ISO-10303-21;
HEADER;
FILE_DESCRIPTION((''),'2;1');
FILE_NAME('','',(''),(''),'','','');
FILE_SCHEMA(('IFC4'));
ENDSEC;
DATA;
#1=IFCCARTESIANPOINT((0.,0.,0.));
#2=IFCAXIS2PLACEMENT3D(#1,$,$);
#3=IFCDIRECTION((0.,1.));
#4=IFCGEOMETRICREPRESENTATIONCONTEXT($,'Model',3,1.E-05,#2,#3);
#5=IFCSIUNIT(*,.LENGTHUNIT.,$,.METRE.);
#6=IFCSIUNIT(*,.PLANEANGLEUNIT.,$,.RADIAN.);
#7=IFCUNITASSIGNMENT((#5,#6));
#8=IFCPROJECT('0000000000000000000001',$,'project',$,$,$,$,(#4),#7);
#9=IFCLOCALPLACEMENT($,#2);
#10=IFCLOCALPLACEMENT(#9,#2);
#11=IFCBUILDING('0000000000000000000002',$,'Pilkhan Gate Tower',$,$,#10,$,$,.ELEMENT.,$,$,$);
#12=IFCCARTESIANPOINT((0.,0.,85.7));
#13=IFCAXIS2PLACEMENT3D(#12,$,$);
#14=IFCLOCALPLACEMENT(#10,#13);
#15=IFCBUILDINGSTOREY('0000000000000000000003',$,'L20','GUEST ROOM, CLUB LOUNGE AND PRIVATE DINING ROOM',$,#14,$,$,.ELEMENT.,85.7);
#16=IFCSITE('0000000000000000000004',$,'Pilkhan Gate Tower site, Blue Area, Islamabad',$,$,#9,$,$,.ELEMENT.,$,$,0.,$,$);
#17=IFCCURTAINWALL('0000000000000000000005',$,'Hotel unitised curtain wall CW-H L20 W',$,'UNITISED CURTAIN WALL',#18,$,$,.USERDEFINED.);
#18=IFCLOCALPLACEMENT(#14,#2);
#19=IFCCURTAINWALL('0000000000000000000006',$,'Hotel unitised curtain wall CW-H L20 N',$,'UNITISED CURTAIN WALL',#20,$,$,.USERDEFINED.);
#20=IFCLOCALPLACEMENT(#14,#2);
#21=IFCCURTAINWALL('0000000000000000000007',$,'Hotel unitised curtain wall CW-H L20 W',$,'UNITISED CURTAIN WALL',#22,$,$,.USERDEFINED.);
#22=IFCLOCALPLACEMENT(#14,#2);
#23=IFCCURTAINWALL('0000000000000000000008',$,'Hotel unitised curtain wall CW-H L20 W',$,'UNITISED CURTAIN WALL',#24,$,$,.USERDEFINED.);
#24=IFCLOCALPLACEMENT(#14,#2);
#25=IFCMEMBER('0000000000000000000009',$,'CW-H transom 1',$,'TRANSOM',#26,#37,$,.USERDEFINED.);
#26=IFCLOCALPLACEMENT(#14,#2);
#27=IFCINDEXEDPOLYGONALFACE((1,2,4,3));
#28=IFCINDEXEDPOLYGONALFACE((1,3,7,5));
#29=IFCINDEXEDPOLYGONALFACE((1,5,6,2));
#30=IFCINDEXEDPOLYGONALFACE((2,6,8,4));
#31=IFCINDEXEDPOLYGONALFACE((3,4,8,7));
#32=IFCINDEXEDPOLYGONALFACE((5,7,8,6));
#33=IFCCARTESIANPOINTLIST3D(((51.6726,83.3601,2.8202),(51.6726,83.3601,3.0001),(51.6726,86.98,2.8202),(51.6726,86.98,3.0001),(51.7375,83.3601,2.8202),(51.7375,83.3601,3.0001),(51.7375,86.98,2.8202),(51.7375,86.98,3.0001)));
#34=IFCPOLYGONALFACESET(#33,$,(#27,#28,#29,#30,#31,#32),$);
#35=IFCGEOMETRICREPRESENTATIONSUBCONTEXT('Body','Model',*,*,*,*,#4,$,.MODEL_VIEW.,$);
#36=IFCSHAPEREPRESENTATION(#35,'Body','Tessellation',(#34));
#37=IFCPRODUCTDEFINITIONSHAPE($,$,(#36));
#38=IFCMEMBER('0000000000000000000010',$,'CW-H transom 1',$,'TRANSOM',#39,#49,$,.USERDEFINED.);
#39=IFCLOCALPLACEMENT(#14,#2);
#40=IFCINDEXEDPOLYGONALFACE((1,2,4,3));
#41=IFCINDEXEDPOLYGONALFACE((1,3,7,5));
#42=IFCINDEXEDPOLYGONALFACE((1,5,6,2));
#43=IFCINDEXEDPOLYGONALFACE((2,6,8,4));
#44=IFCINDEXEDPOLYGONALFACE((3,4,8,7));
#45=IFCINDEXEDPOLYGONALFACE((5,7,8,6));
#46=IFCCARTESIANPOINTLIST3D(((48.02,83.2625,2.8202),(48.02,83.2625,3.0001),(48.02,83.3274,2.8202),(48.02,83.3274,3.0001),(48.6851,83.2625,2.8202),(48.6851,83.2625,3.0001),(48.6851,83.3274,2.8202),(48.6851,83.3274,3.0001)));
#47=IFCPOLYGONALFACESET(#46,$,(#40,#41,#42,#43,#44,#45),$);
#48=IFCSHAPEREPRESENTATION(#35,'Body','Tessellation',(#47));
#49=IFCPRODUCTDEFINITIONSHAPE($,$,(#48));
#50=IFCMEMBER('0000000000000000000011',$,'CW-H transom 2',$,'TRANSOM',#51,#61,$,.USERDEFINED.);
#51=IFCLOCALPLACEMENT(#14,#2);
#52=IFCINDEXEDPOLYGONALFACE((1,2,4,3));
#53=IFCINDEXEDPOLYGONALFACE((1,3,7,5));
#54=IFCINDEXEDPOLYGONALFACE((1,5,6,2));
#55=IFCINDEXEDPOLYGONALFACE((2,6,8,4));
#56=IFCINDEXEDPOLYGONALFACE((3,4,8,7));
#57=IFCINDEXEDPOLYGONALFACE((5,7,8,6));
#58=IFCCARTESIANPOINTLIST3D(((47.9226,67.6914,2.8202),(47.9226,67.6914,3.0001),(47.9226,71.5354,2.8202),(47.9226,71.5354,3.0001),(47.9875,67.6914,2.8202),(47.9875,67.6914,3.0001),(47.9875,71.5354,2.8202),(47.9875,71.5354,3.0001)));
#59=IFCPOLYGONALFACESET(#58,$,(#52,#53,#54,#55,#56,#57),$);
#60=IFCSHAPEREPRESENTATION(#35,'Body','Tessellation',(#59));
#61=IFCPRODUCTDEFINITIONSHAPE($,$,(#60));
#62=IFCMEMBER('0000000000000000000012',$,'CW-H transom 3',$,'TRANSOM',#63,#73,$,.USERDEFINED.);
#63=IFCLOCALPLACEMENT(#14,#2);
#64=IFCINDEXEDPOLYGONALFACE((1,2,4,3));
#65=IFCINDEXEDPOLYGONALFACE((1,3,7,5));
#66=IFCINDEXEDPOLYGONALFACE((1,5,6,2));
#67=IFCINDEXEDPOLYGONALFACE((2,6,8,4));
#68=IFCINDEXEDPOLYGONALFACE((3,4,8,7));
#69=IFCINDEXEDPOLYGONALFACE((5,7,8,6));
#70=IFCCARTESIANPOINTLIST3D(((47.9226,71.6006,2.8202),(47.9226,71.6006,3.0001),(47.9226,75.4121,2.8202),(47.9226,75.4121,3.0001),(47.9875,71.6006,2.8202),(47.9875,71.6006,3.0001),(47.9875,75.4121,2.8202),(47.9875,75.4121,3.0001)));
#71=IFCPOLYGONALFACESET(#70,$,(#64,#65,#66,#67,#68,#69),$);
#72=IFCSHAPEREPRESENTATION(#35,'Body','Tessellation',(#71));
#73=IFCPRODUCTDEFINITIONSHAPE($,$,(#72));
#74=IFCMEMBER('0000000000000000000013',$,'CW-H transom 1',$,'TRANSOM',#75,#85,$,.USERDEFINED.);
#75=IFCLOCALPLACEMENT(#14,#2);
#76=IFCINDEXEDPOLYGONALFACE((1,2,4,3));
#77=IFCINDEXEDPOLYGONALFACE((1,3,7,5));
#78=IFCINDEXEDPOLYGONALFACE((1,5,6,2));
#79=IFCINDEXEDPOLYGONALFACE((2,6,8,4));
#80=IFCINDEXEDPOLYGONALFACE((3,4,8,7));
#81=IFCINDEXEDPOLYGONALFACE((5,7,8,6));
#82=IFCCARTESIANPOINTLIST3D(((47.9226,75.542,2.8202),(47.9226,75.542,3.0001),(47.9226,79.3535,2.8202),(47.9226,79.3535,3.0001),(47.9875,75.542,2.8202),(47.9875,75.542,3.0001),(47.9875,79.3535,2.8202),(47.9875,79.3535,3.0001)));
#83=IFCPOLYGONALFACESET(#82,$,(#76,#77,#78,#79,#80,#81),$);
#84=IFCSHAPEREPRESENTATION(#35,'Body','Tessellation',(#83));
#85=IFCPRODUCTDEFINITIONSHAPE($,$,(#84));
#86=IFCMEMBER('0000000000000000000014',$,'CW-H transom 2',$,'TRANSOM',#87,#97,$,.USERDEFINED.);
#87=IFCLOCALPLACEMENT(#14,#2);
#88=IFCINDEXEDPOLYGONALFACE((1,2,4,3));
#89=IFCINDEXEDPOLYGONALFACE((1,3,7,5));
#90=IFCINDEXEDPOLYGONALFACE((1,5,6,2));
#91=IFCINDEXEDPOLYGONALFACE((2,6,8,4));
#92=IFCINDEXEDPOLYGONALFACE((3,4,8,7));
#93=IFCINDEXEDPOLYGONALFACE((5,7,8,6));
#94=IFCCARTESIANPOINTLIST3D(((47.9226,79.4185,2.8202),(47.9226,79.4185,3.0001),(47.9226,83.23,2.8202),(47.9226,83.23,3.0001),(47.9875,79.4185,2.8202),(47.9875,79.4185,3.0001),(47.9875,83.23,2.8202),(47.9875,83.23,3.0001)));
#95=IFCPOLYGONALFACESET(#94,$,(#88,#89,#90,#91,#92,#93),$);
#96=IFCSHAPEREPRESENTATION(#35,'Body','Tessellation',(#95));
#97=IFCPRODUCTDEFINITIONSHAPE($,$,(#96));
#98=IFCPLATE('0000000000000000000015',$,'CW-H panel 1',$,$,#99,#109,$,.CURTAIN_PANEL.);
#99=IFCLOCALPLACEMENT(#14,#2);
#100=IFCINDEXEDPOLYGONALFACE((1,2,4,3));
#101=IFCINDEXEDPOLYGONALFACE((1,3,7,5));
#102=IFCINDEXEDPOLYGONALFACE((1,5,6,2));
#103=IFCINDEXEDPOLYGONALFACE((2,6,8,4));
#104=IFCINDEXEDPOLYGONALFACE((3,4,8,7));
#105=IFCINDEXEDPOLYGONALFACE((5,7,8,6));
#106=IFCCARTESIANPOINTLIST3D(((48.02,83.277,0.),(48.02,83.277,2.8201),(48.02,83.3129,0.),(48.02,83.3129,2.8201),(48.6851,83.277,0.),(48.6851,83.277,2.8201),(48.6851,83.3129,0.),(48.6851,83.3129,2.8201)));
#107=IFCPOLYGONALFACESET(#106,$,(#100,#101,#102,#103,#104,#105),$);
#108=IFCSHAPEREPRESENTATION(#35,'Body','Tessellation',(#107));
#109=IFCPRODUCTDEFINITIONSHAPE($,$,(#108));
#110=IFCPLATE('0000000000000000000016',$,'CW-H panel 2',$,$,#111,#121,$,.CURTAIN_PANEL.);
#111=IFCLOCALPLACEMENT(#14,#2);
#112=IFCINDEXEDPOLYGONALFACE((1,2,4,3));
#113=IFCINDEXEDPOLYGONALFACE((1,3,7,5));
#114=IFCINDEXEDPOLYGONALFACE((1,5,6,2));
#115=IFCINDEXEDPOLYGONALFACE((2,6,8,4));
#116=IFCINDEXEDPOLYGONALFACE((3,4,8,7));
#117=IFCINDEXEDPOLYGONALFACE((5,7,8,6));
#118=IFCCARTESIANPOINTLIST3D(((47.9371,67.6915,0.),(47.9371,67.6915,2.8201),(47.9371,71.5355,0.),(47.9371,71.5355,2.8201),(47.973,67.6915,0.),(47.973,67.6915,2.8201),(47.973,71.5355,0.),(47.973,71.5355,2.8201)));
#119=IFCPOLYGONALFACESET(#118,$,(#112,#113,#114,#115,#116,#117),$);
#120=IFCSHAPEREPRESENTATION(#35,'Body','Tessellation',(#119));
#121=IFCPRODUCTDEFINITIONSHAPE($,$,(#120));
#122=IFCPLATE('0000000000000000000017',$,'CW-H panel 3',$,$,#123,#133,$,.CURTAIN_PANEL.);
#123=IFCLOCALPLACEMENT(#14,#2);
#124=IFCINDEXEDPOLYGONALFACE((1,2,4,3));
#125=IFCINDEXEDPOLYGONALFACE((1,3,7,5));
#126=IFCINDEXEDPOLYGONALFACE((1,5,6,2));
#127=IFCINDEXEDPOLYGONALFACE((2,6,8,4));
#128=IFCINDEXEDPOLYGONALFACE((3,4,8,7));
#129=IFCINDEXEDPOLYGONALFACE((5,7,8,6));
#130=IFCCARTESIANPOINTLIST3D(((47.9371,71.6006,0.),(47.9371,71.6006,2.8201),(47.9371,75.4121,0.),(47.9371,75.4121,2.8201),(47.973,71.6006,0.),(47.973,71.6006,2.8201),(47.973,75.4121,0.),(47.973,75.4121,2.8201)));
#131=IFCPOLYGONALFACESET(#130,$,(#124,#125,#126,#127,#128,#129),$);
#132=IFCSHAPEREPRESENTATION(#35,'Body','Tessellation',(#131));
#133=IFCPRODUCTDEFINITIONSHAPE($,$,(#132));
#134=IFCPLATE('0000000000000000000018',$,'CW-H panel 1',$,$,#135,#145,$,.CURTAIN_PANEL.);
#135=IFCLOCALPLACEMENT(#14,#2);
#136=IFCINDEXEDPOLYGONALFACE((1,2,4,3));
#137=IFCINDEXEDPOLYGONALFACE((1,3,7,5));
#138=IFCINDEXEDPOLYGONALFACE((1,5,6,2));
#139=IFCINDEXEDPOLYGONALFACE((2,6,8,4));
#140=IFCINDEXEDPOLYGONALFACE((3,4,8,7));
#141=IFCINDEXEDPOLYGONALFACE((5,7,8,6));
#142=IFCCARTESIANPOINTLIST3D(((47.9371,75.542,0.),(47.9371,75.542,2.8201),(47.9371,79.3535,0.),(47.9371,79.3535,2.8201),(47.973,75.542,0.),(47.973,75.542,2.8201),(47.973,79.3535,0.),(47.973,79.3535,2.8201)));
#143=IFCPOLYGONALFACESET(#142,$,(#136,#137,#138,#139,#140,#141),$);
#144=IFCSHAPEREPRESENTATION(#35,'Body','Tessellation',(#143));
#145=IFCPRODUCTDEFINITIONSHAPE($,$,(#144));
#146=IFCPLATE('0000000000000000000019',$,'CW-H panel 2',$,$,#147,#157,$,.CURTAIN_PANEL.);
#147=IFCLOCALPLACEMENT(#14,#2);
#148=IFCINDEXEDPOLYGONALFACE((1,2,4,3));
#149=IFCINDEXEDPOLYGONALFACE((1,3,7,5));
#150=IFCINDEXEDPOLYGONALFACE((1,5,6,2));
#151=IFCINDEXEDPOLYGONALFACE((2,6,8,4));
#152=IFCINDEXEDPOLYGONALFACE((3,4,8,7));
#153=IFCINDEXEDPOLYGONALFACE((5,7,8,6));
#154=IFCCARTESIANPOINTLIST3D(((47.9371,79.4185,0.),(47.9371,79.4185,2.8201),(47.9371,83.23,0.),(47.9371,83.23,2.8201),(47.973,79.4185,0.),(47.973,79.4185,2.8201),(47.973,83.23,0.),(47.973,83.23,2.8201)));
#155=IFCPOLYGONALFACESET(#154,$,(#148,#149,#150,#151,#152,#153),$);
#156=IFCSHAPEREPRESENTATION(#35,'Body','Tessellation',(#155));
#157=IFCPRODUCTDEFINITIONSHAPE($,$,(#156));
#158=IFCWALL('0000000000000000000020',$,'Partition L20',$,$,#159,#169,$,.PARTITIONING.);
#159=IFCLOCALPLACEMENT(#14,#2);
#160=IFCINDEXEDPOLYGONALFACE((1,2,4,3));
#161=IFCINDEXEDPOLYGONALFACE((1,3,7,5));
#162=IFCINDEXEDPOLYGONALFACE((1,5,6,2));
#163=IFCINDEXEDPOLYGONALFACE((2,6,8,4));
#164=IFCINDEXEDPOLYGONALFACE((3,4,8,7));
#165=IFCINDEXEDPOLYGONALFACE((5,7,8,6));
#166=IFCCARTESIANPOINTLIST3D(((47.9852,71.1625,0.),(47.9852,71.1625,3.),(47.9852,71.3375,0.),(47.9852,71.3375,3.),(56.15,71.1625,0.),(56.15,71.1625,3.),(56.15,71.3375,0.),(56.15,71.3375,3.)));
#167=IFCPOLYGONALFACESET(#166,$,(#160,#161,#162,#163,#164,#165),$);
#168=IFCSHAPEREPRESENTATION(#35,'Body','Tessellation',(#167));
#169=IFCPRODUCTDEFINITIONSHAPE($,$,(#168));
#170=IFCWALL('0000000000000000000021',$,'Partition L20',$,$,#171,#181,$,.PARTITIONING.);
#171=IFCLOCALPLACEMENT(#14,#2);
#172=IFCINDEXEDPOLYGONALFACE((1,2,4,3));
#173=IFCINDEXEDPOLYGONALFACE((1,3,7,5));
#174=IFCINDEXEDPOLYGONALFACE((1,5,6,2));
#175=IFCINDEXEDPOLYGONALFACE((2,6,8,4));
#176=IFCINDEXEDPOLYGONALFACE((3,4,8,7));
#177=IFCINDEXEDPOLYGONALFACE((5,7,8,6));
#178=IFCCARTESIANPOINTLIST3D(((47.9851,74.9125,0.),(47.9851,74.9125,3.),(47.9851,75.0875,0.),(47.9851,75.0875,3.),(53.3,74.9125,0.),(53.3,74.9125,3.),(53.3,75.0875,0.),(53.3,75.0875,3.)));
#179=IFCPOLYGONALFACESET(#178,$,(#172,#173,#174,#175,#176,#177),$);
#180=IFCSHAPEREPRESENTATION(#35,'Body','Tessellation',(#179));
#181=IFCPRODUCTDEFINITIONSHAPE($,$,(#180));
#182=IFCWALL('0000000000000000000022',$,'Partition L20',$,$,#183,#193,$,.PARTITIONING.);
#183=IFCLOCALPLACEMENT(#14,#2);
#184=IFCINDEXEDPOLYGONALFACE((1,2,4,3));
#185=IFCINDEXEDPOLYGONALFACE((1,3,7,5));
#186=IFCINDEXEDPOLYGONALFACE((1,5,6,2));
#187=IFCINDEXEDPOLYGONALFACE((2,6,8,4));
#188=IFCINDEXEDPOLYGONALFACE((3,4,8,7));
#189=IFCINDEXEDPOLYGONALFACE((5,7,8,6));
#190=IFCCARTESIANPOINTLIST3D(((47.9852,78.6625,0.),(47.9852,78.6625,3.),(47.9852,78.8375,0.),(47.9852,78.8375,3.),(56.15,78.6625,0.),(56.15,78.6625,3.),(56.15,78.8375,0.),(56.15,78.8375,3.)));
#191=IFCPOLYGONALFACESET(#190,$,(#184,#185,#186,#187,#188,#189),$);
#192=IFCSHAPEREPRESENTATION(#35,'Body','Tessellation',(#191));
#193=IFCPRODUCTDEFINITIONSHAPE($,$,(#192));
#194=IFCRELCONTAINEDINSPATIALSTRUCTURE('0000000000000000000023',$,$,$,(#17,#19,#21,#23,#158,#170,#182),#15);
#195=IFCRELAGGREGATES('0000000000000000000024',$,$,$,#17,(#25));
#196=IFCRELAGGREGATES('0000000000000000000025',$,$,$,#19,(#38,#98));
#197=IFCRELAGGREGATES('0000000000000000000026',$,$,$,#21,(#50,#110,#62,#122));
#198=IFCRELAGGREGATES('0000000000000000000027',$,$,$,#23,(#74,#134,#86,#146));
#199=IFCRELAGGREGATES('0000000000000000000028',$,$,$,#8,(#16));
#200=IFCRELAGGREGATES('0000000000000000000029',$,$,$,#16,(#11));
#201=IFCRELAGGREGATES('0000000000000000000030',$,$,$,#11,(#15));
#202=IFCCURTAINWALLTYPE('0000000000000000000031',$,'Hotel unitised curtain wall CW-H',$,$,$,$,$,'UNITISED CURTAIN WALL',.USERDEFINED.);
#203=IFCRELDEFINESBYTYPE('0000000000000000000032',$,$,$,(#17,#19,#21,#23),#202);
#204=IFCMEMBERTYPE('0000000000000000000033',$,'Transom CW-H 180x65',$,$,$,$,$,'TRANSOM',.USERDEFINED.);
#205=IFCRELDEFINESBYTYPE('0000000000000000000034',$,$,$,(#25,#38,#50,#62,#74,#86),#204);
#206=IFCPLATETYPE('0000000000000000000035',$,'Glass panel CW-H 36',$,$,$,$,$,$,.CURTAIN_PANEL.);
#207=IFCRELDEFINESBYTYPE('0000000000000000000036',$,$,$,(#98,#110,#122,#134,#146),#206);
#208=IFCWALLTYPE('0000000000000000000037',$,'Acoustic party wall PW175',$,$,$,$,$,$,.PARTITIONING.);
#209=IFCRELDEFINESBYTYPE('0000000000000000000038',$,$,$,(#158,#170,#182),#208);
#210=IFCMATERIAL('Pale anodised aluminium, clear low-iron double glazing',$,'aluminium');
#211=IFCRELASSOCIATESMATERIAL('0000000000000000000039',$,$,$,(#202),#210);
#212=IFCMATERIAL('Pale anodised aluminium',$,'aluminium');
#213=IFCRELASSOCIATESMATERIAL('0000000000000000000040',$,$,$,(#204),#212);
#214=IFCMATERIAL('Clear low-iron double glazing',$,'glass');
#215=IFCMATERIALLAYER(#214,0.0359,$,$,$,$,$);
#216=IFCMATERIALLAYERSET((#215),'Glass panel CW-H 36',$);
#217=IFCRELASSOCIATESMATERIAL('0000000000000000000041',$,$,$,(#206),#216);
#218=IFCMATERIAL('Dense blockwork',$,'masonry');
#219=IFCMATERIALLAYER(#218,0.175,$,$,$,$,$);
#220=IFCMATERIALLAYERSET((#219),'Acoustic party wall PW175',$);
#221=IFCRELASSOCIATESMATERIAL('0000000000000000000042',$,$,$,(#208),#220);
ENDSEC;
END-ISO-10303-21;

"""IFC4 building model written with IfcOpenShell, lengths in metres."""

from ifc_helpers import new_model, si_unit, direction, frame, frame_2d, origin, origin_2d, place, context, subcontext, project, spatial, rectangle, extrude, material, layer, layer_set, material_profile, profile_set, type_object, element, aggregate, save


model = new_model("IFC4")

# Units and contexts
model_context = context("Model", 3, precision=1e-05, world=origin(), true_north=direction((0.0, 1.0)))
body_context = subcontext(model_context, "Body", "Model", "MODEL_VIEW")
ifc_project = project(units=[si_unit("LENGTHUNIT", "METRE"), si_unit("PLANEANGLEUNIT", "RADIAN")], contexts=[model_context])

# Site, building, storey
site_placement = place(None, origin())
site = spatial("IfcSite", under=ifc_project, at=site_placement, Name="Pilkhan Gate Tower site, Blue Area, Islamabad", CompositionType="ELEMENT", RefElevation=0.0)
building_placement = place(site_placement, origin())
building = spatial("IfcBuilding", under=site, at=building_placement, Name="Pilkhan Gate Tower", CompositionType="ELEMENT")
storey_placement = place(building_placement, frame((0.0, 0.0, 85.7)))
storey = spatial("IfcBuildingStorey", under=building, at=storey_placement, Name="L20", Description="GUEST ROOM, CLUB LOUNGE AND PRIVATE DINING ROOM", CompositionType="ELEMENT", Elevation=85.7)

# Curtain wall
ifc_material_1 = material(Name="Pale anodised aluminium, clear low-iron double glazing", Category="aluminium")
curtain_wall_type = type_object("IfcCurtainWallType", Name="Hotel unitised curtain wall CW-H", ElementType="UNITISED CURTAIN WALL", PredefinedType="USERDEFINED", material=ifc_material_1)
curtain_wall_1_placement = place(storey_placement, origin())
curtain_wall_1 = element("IfcCurtainWall", 1, at=curtain_wall_1_placement, inside=storey, type_object=curtain_wall_type, Name="Hotel unitised curtain wall CW-H L20 W", ObjectType="UNITISED CURTAIN WALL", PredefinedType="USERDEFINED")
ifc_material_2 = material(Name="Pale anodised aluminium", Category="aluminium")

# Curtain walls
curtain_wall_2_placement = place(storey_placement, origin())
curtain_wall_2 = element("IfcCurtainWall", 2, at=curtain_wall_2_placement, inside=storey, type_object=curtain_wall_type, Name="Hotel unitised curtain wall CW-H L20 N", ObjectType="UNITISED CURTAIN WALL", PredefinedType="USERDEFINED")
curtain_wall_3_placement = place(storey_placement, origin())
curtain_wall_3 = element("IfcCurtainWall", 3, at=curtain_wall_3_placement, inside=storey, type_object=curtain_wall_type, Name="Hotel unitised curtain wall CW-H L20 W", ObjectType="UNITISED CURTAIN WALL", PredefinedType="USERDEFINED")
curtain_wall_4_placement = place(storey_placement, origin())
curtain_wall_4 = element("IfcCurtainWall", 4, at=curtain_wall_4_placement, inside=storey, type_object=curtain_wall_type, Name="Hotel unitised curtain wall CW-H L20 W", ObjectType="UNITISED CURTAIN WALL", PredefinedType="USERDEFINED")

# Members
ifc_material_profile_1 = material_profile(ifc_material_2, rectangle(XDim=0.0649, YDim=0.1799, at=origin_2d()), Name="Transom 180x65")
ifc_profile_set_1 = profile_set([ifc_material_profile_1], Name="Pale anodised aluminium")
member_type_1 = type_object("IfcMemberType", Name="Transom CW-H 180x65", ElementType="TRANSOM", PredefinedType="USERDEFINED", material=ifc_profile_set_1)
member_1_placement = place(storey_placement, frame((51.7051, 83.3601, 2.9102), z_axis=(0.0, 1.0, 0.0), x_axis=(-1.0, 0.0, 0.0)))
member_1 = element("IfcMember", 5, at=member_1_placement, type_object=member_type_1, Name="CW-H transom 1", ObjectType="TRANSOM", PredefinedType="USERDEFINED", context=body_context, shape_type="SweptSolid", body=[
    extrude(rectangle(XDim=0.0649, YDim=0.1799, at=origin_2d()), origin(), (0.0, 0.0, 1.0), 3.6199),
])
aggregate(curtain_wall_1, [member_1])
member_2_placement = place(storey_placement, frame((48.02, 83.2949, 2.9102), z_axis=(1.0, 0.0, 0.0), x_axis=(0.0, 1.0, 0.0)))
member_2 = element("IfcMember", 6, at=member_2_placement, type_object=member_type_1, Name="CW-H transom 1", ObjectType="TRANSOM", PredefinedType="USERDEFINED", context=body_context, shape_type="SweptSolid", body=[
    extrude(rectangle(XDim=0.0649, YDim=0.1799, at=origin_2d()), origin(), (0.0, 0.0, 1.0), 0.665),
])
member_3_placement = place(storey_placement, frame((47.9551, 67.6914, 2.9102), z_axis=(0.0, 1.0, 0.0), x_axis=(-1.0, 0.0, 0.0)))
member_3 = element("IfcMember", 7, at=member_3_placement, type_object=member_type_1, Name="CW-H transom 2", ObjectType="TRANSOM", PredefinedType="USERDEFINED", context=body_context, shape_type="SweptSolid", body=[
    extrude(rectangle(XDim=0.0649, YDim=0.1799, at=origin_2d()), origin(), (0.0, 0.0, 1.0), 3.844),
])
member_4_placement = place(storey_placement, frame((47.9551, 71.6006, 2.9102), z_axis=(0.0, 1.0, 0.0), x_axis=(-1.0, 0.0, 0.0)))
member_4 = element("IfcMember", 8, at=member_4_placement, type_object=member_type_1, Name="CW-H transom 3", ObjectType="TRANSOM", PredefinedType="USERDEFINED", context=body_context, shape_type="SweptSolid", body=[
    extrude(rectangle(XDim=0.0649, YDim=0.1799, at=origin_2d()), origin(), (0.0, 0.0, 1.0), 3.8115),
])
member_5_placement = place(storey_placement, frame((47.9551, 75.542, 2.9102), z_axis=(0.0, 1.0, 0.0), x_axis=(-1.0, 0.0, 0.0)))
member_5 = element("IfcMember", 9, at=member_5_placement, type_object=member_type_1, Name="CW-H transom 1", ObjectType="TRANSOM", PredefinedType="USERDEFINED", context=body_context, shape_type="SweptSolid", body=[
    extrude(rectangle(XDim=0.0649, YDim=0.1799, at=origin_2d()), origin(), (0.0, 0.0, 1.0), 3.8115),
])
member_6_placement = place(storey_placement, frame((47.9551, 79.4185, 2.9102), z_axis=(0.0, 1.0, 0.0), x_axis=(-1.0, 0.0, 0.0)))
member_6 = element("IfcMember", 10, at=member_6_placement, type_object=member_type_1, Name="CW-H transom 2", ObjectType="TRANSOM", PredefinedType="USERDEFINED", context=body_context, shape_type="SweptSolid", body=[
    extrude(rectangle(XDim=0.0649, YDim=0.1799, at=origin_2d()), origin(), (0.0, 0.0, 1.0), 3.8115),
])

# Plates
ifc_material_3 = material(Name="Clear low-iron double glazing", Category="glass")
ifc_layer_1 = layer(ifc_material_3, 0.0359)
ifc_layer_set_1 = layer_set([ifc_layer_1], Name="Glass panel CW-H 36")
plate_type = type_object("IfcPlateType", Name="Glass panel CW-H 36", PredefinedType="CURTAIN_PANEL", material=ifc_layer_set_1)
plate_1_placement = place(storey_placement, frame((48.3525, 83.2949, 0.0), z_axis=(0.0, 0.0, 1.0), x_axis=(1.0, 0.0, 0.0)))
plate_1 = element("IfcPlate", 11, at=plate_1_placement, type_object=plate_type, Name="CW-H panel 1", PredefinedType="CURTAIN_PANEL", context=body_context, shape_type="SweptSolid", body=[
    extrude(rectangle(XDim=0.665, YDim=0.0359, at=origin_2d()), origin(), (0.0, 0.0, 1.0), 2.8201),
])
aggregate(curtain_wall_2, [member_2, plate_1])
plate_2_placement = place(storey_placement, frame((47.9551, 69.6135, 0.0), z_axis=(0.0, 0.0, 1.0), x_axis=(0.0, 1.0, 0.0)))
plate_2 = element("IfcPlate", 12, at=plate_2_placement, type_object=plate_type, Name="CW-H panel 2", PredefinedType="CURTAIN_PANEL", context=body_context, shape_type="SweptSolid", body=[
    extrude(rectangle(XDim=3.844, YDim=0.0359, at=origin_2d()), origin(), (0.0, 0.0, 1.0), 2.8201),
])
plate_3_placement = place(storey_placement, frame((47.9551, 73.5063, 0.0), z_axis=(0.0, 0.0, 1.0), x_axis=(0.0, 1.0, 0.0)))
plate_3 = element("IfcPlate", 13, at=plate_3_placement, type_object=plate_type, Name="CW-H panel 3", PredefinedType="CURTAIN_PANEL", context=body_context, shape_type="SweptSolid", body=[
    extrude(rectangle(XDim=3.8115, YDim=0.0359, at=origin_2d()), origin(), (0.0, 0.0, 1.0), 2.8201),
])
aggregate(curtain_wall_3, [member_3, plate_2, member_4, plate_3])
plate_4_placement = place(storey_placement, frame((47.9551, 77.4478, 0.0), z_axis=(0.0, 0.0, 1.0), x_axis=(0.0, 1.0, 0.0)))
plate_4 = element("IfcPlate", 14, at=plate_4_placement, type_object=plate_type, Name="CW-H panel 1", PredefinedType="CURTAIN_PANEL", context=body_context, shape_type="SweptSolid", body=[
    extrude(rectangle(XDim=3.8115, YDim=0.0359, at=origin_2d()), origin(), (0.0, 0.0, 1.0), 2.8201),
])
plate_5_placement = place(storey_placement, frame((47.9551, 81.3242, 0.0), z_axis=(0.0, 0.0, 1.0), x_axis=(0.0, 1.0, 0.0)))
plate_5 = element("IfcPlate", 15, at=plate_5_placement, type_object=plate_type, Name="CW-H panel 2", PredefinedType="CURTAIN_PANEL", context=body_context, shape_type="SweptSolid", body=[
    extrude(rectangle(XDim=3.8115, YDim=0.0359, at=origin_2d()), origin(), (0.0, 0.0, 1.0), 2.8201),
])
aggregate(curtain_wall_4, [member_5, plate_4, member_6, plate_5])

# Walls
ifc_material_4 = material(Name="Dense blockwork", Category="masonry")
ifc_layer_2 = layer(ifc_material_4, 0.175)
ifc_layer_set_2 = layer_set([ifc_layer_2], Name="Acoustic party wall PW175")
wall_type_1 = type_object("IfcWallType", Name="Acoustic party wall PW175", PredefinedType="PARTITIONING", material=ifc_layer_set_2)
wall_1_placement = place(storey_placement, frame((47.9851, 71.25, 0.0), z_axis=(0.0, 0.0, 1.0), x_axis=(1.0, 0.0, 0.0)))
element("IfcWall", 16, at=wall_1_placement, inside=storey, type_object=wall_type_1, Name="Partition L20", PredefinedType="PARTITIONING", context=body_context, shape_type="SweptSolid", body=[
    extrude(rectangle(XDim=8.1648, YDim=0.175, at=frame_2d((4.0825, 0.0))), origin(), (0.0, 0.0, 1.0), 3.0),
])
wall_2_placement = place(storey_placement, frame((47.9851, 75.0, 0.0), z_axis=(0.0, 0.0, 1.0), x_axis=(1.0, 0.0, 0.0)))
element("IfcWall", 17, at=wall_2_placement, inside=storey, type_object=wall_type_1, Name="Partition L20", PredefinedType="PARTITIONING", context=body_context, shape_type="SweptSolid", body=[
    extrude(rectangle(XDim=5.3149, YDim=0.175, at=frame_2d((2.6575, 0.0))), origin(), (0.0, 0.0, 1.0), 3.0),
])
wall_3_placement = place(storey_placement, frame((47.9851, 78.75, 0.0), z_axis=(0.0, 0.0, 1.0), x_axis=(1.0, 0.0, 0.0)))
element("IfcWall", 18, at=wall_3_placement, inside=storey, type_object=wall_type_1, Name="Partition L20", PredefinedType="PARTITIONING", context=body_context, shape_type="SweptSolid", body=[
    extrude(rectangle(XDim=8.1648, YDim=0.175, at=frame_2d((4.0825, 0.0))), origin(), (0.0, 0.0, 1.0), 3.0),
])

save(model, "model.ifc")
